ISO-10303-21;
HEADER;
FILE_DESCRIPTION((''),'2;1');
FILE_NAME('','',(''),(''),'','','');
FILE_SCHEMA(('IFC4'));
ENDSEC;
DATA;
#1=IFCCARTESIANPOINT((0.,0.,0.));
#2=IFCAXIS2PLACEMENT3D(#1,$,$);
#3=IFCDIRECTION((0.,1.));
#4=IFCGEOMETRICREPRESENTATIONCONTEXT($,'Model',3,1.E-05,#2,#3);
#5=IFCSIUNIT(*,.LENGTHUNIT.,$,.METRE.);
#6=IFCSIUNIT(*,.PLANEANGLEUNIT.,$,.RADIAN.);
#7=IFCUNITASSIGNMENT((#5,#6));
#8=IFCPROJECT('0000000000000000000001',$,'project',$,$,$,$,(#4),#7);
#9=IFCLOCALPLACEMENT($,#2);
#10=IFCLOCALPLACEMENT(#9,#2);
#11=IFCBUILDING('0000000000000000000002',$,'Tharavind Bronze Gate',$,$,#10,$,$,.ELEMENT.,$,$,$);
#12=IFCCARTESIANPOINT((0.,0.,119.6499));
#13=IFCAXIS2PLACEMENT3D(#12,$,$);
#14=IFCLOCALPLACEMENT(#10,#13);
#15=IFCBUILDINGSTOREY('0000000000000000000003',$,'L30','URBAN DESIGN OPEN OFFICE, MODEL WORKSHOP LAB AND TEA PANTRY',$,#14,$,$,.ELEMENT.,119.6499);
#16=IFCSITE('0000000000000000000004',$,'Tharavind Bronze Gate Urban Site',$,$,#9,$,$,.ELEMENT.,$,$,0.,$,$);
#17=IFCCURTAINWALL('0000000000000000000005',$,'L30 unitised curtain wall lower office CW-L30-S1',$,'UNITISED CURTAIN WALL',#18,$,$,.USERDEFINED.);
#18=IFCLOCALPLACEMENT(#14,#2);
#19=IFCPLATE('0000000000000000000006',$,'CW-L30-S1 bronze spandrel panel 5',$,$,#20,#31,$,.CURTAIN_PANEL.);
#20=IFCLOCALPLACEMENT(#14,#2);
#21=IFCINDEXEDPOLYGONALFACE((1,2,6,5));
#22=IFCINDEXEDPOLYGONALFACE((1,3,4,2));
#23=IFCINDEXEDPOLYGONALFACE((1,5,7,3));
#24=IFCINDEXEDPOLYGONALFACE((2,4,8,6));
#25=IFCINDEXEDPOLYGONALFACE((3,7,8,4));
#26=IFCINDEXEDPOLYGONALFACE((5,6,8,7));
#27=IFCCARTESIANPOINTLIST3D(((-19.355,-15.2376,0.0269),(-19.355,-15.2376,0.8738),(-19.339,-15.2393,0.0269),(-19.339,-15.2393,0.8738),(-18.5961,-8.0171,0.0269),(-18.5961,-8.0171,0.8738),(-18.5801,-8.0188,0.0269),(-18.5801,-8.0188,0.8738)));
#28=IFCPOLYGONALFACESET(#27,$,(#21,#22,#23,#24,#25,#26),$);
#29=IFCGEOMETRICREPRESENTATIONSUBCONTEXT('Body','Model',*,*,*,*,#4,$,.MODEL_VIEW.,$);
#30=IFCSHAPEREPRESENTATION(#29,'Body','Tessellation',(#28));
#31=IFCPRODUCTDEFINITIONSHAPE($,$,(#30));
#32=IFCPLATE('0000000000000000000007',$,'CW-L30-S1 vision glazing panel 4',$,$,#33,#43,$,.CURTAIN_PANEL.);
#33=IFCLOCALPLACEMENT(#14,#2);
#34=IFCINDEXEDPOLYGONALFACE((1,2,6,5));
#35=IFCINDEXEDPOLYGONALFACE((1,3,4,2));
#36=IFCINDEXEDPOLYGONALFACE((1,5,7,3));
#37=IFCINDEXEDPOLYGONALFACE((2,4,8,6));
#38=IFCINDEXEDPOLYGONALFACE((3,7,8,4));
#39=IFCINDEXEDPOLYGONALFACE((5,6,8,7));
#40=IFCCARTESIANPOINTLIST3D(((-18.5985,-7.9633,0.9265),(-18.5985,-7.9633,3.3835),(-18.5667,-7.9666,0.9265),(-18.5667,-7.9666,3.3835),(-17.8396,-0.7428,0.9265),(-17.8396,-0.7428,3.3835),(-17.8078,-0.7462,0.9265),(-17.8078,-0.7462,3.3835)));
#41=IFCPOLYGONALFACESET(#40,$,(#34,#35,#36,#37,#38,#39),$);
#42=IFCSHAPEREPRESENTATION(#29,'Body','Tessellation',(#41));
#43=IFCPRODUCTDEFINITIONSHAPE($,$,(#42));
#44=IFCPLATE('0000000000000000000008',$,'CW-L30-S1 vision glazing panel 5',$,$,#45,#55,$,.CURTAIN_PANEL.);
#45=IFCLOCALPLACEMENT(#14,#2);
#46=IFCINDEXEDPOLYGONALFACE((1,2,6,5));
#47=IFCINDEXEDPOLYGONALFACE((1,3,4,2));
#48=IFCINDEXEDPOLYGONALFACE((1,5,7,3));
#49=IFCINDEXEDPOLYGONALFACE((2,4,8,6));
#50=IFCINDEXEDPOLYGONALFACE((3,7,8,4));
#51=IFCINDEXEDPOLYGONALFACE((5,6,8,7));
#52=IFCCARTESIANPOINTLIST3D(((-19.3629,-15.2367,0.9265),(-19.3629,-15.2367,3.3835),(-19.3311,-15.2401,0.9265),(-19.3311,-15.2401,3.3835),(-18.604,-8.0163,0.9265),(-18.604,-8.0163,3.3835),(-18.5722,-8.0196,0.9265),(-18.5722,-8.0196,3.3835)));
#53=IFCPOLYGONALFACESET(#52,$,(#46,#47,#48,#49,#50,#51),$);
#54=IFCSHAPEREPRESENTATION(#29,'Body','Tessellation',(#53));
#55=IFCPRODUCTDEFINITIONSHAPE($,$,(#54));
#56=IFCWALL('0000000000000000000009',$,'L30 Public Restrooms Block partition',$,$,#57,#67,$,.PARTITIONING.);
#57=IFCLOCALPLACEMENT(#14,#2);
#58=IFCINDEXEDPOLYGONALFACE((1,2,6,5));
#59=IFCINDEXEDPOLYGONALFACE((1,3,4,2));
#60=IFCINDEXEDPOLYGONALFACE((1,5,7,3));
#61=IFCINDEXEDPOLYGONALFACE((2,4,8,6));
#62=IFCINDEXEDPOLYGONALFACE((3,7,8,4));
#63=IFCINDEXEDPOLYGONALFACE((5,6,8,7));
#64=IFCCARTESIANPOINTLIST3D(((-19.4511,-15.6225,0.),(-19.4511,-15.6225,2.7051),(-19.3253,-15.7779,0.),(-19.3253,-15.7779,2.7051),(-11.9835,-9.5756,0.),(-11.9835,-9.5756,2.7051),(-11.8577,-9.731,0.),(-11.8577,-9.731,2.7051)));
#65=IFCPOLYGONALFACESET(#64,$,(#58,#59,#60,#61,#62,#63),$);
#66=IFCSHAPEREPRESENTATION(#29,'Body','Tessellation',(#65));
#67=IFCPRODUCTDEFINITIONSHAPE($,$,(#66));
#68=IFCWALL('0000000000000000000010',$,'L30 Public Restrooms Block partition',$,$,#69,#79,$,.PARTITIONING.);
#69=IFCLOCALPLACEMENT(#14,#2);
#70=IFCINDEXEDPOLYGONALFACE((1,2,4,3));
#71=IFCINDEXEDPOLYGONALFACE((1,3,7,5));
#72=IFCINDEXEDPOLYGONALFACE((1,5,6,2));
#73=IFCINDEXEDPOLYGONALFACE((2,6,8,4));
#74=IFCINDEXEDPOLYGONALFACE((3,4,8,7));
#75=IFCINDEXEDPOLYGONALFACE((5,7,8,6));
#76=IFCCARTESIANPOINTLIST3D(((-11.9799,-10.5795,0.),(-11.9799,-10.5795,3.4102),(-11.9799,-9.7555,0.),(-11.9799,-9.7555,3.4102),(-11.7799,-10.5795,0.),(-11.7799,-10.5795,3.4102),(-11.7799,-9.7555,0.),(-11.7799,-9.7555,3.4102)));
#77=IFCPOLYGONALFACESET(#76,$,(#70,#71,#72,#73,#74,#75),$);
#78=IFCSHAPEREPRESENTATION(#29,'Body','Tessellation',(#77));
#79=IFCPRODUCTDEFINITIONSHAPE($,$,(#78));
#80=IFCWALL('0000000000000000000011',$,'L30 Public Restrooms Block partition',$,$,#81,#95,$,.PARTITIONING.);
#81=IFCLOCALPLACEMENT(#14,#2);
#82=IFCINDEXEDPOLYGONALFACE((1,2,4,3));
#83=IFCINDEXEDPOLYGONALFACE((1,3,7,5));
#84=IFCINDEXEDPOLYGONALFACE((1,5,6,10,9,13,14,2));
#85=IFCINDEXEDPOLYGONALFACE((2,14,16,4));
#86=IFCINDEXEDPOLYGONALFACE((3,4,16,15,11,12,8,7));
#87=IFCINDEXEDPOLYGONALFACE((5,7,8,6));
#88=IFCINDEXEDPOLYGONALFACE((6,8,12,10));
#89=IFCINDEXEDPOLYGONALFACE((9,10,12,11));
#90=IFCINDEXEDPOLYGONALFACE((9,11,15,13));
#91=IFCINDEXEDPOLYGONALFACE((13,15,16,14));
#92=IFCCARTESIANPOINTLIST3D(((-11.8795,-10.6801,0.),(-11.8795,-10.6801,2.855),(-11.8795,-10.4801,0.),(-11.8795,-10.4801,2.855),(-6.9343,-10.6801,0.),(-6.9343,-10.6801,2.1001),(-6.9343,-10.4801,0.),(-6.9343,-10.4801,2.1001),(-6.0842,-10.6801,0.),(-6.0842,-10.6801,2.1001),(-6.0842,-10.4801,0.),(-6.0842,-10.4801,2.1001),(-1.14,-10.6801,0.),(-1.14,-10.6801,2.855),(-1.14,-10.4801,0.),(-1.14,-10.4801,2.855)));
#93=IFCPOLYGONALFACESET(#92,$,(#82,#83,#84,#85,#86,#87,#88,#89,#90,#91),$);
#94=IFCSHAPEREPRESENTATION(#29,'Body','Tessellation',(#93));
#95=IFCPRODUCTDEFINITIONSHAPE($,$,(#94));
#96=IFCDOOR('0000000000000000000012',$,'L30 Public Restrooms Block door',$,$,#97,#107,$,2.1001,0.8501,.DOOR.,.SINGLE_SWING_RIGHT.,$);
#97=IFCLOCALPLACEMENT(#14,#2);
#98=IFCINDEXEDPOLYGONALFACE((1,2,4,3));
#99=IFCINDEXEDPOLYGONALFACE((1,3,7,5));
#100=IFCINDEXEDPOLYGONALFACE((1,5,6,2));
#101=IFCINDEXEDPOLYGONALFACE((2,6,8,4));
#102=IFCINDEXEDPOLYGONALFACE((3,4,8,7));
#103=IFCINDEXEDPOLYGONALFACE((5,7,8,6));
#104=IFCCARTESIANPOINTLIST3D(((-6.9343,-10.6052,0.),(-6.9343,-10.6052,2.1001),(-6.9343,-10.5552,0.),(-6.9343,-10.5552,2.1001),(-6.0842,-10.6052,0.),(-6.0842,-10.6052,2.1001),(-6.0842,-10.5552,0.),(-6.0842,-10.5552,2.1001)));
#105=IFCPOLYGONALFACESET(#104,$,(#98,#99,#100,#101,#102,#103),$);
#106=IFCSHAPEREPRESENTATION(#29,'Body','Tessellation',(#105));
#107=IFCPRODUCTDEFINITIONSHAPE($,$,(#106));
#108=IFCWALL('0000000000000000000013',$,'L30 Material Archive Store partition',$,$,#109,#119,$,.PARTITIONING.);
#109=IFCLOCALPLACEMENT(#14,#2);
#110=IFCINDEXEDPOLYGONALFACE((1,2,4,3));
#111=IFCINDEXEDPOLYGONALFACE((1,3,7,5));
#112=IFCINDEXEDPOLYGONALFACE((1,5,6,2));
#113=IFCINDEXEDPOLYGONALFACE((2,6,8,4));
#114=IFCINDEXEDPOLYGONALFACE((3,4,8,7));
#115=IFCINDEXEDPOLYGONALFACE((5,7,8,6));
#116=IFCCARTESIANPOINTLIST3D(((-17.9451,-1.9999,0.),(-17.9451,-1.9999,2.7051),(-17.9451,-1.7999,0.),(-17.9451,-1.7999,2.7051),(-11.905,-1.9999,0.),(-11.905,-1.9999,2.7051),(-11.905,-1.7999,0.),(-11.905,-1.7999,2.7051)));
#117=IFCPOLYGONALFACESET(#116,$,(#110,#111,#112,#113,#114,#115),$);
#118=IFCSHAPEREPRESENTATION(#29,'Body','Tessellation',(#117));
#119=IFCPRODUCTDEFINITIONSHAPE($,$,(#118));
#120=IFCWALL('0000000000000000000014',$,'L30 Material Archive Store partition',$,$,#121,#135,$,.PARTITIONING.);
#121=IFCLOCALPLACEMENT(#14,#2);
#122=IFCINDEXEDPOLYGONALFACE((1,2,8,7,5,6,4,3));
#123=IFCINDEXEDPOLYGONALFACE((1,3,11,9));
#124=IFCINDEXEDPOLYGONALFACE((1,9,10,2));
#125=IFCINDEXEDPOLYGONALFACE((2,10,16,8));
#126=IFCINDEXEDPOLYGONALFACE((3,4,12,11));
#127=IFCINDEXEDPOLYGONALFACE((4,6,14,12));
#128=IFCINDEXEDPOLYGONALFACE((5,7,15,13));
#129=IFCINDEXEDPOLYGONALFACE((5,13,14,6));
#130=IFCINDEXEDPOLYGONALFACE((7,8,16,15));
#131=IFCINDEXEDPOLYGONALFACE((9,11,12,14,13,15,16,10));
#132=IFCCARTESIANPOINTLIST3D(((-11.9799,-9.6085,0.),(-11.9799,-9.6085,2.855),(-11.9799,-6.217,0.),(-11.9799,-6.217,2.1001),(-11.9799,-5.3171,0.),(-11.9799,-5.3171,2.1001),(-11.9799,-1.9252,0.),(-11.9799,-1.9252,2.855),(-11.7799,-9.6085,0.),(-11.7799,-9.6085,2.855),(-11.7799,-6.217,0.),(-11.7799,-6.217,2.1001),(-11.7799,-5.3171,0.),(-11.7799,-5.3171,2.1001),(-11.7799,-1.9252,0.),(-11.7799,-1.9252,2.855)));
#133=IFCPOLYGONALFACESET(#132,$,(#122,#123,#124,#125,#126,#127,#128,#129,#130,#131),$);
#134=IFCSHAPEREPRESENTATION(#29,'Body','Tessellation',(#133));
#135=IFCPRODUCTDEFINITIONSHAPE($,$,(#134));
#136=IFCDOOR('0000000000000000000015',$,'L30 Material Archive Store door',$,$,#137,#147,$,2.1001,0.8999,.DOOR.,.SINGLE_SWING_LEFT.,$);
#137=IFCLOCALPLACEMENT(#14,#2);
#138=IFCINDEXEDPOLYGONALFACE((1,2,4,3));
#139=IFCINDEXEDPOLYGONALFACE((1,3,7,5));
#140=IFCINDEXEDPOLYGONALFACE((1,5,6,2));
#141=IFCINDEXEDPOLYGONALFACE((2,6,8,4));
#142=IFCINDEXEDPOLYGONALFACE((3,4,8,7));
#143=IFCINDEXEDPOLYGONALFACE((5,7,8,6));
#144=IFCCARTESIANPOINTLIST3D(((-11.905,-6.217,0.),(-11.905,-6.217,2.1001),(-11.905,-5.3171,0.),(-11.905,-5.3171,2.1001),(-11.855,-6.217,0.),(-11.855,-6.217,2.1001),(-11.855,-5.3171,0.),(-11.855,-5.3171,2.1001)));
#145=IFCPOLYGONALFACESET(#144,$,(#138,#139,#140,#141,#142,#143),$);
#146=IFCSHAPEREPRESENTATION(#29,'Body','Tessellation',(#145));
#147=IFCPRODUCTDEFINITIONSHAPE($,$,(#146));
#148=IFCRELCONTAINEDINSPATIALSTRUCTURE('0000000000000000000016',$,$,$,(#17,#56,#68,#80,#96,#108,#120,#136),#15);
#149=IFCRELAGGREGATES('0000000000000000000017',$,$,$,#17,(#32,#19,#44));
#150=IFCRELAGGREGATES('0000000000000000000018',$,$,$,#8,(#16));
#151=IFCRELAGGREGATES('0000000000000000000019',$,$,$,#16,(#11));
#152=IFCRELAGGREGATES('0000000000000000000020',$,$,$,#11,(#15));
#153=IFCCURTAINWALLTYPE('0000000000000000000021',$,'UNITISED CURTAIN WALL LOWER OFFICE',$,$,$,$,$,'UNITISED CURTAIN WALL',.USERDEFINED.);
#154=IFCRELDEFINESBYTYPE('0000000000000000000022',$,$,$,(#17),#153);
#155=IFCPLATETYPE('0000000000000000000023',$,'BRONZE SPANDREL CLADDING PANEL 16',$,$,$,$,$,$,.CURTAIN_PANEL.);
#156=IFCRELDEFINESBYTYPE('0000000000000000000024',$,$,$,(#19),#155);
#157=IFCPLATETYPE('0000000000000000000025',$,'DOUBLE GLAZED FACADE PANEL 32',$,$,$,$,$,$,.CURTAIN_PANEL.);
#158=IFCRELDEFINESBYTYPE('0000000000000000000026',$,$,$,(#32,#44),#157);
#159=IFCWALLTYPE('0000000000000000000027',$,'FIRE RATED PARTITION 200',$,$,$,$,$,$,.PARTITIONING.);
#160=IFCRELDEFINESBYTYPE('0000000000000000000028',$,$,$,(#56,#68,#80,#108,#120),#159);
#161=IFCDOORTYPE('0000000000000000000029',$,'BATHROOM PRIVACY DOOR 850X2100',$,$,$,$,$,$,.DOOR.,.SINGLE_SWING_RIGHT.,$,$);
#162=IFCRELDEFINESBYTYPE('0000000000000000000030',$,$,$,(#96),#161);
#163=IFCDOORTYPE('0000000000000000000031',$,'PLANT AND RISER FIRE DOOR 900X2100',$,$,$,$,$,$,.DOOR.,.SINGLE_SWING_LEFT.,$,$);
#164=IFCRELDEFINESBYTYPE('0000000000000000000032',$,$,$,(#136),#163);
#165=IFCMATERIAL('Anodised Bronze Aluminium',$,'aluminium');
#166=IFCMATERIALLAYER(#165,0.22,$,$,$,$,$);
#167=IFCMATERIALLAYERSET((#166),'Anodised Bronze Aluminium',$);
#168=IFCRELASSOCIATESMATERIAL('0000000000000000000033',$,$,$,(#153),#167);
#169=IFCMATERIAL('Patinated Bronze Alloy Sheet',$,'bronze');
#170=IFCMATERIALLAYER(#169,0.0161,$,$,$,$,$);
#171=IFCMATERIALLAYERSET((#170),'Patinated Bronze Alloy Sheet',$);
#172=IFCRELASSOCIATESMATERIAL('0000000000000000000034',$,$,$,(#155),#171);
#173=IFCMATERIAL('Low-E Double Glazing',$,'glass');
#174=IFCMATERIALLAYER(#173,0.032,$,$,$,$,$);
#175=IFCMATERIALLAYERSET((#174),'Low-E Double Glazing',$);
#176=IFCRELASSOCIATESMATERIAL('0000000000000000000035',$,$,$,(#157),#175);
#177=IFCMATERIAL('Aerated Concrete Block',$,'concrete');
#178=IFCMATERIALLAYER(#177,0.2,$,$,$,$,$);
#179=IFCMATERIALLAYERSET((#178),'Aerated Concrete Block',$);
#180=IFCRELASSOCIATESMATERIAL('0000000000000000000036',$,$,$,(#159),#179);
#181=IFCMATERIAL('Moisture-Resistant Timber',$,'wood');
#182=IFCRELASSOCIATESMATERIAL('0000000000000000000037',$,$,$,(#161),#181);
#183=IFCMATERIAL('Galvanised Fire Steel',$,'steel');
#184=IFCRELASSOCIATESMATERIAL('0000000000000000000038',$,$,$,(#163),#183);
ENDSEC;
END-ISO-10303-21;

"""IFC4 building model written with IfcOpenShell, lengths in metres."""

from ifc_helpers import new_model, si_unit, direction, frame, frame_2d, origin, origin_2d, place, context, subcontext, project, spatial, rectangle, extrude, material, layer, layer_set, type_object, element, fill, aggregate, save


model = new_model("IFC4")

# Units and contexts
model_context = context("Model", 3, precision=1e-05, world=origin(), true_north=direction((0.0, 1.0)))
body_context = subcontext(model_context, "Body", "Model", "MODEL_VIEW")
ifc_project = project(units=[si_unit("LENGTHUNIT", "METRE"), si_unit("PLANEANGLEUNIT", "RADIAN")], contexts=[model_context])

# Site, building, storey
site_placement = place(None, origin())
site = spatial("IfcSite", under=ifc_project, at=site_placement, Name="Tharavind Bronze Gate Urban Site", CompositionType="ELEMENT", RefElevation=0.0)
building_placement = place(site_placement, origin())
building = spatial("IfcBuilding", under=site, at=building_placement, Name="Tharavind Bronze Gate", CompositionType="ELEMENT")
storey_placement = place(building_placement, frame((0.0, 0.0, 119.6499)))
storey = spatial("IfcBuildingStorey", under=building, at=storey_placement, Name="L30", Description="URBAN DESIGN OPEN OFFICE, MODEL WORKSHOP LAB AND TEA PANTRY", CompositionType="ELEMENT", Elevation=119.6499)

# Curtain wall
ifc_material_1 = material(Name="Anodised Bronze Aluminium", Category="aluminium")
ifc_layer_1 = layer(ifc_material_1, 0.22)
ifc_layer_set_1 = layer_set([ifc_layer_1], Name="Anodised Bronze Aluminium")
curtain_wall_type = type_object("IfcCurtainWallType", Name="UNITISED CURTAIN WALL LOWER OFFICE", ElementType="UNITISED CURTAIN WALL", PredefinedType="USERDEFINED", material=ifc_layer_set_1)
curtain_wall_placement = place(storey_placement, origin())
curtain_wall = element("IfcCurtainWall", 1, at=curtain_wall_placement, inside=storey, type_object=curtain_wall_type, Name="L30 unitised curtain wall lower office CW-L30-S1", ObjectType="UNITISED CURTAIN WALL", PredefinedType="USERDEFINED")

# Plates
ifc_material_2 = material(Name="Patinated Bronze Alloy Sheet", Category="bronze")
ifc_layer_2 = layer(ifc_material_2, 0.0161)
ifc_layer_set_2 = layer_set([ifc_layer_2], Name="Patinated Bronze Alloy Sheet")
plate_type_1 = type_object("IfcPlateType", Name="BRONZE SPANDREL CLADDING PANEL 16", PredefinedType="CURTAIN_PANEL", material=ifc_layer_set_2)
plate_1_placement = place(storey_placement, frame((-18.9675, -11.6282, 0.0269), z_axis=(0.0, 0.0, 1.0), x_axis=(-0.104527, -0.994522, 0.0)))
plate_1 = element("IfcPlate", 2, at=plate_1_placement, type_object=plate_type_1, Name="CW-L30-S1 bronze spandrel panel 5", PredefinedType="CURTAIN_PANEL", context=body_context, shape_type="SweptSolid", body=[
    extrude(rectangle(XDim=7.2603, YDim=0.0161, at=origin_2d()), origin(), (0.0, 0.0, 1.0), 0.8469),
])
ifc_material_3 = material(Name="Low-E Double Glazing", Category="glass")
ifc_layer_3 = layer(ifc_material_3, 0.032)
ifc_layer_set_3 = layer_set([ifc_layer_3], Name="Low-E Double Glazing")
plate_type_2 = type_object("IfcPlateType", Name="DOUBLE GLAZED FACADE PANEL 32", PredefinedType="CURTAIN_PANEL", material=ifc_layer_set_3)
plate_2_placement = place(storey_placement, frame((-18.2031, -4.3547, 0.9265), z_axis=(0.0, 0.0, 1.0), x_axis=(-0.104527, -0.994522, 0.0)))
plate_2 = element("IfcPlate", 3, at=plate_2_placement, type_object=plate_type_2, Name="CW-L30-S1 vision glazing panel 4", PredefinedType="CURTAIN_PANEL", context=body_context, shape_type="SweptSolid", body=[
    extrude(rectangle(XDim=7.2603, YDim=0.032, at=origin_2d()), origin(), (0.0, 0.0, 1.0), 2.457),
])
plate_3_placement = place(storey_placement, frame((-18.9675, -11.6282, 0.9265), z_axis=(0.0, 0.0, 1.0), x_axis=(-0.104527, -0.994522, 0.0)))
plate_3 = element("IfcPlate", 4, at=plate_3_placement, type_object=plate_type_2, Name="CW-L30-S1 vision glazing panel 5", PredefinedType="CURTAIN_PANEL", context=body_context, shape_type="SweptSolid", body=[
    extrude(rectangle(XDim=7.2603, YDim=0.032, at=origin_2d()), origin(), (0.0, 0.0, 1.0), 2.457),
])
aggregate(curtain_wall, [plate_2, plate_1, plate_3])

# Walls
ifc_material_4 = material(Name="Aerated Concrete Block", Category="concrete")
ifc_layer_4 = layer(ifc_material_4, 0.2)
ifc_layer_set_4 = layer_set([ifc_layer_4], Name="Aerated Concrete Block")
wall_type = type_object("IfcWallType", Name="FIRE RATED PARTITION 200", PredefinedType="PARTITIONING", material=ifc_layer_set_4)
wall_1_placement = place(storey_placement, frame((-19.3882, -15.7002, 0.0), z_axis=(0.0, 0.0, 1.0), x_axis=(0.777157, 0.629307, 0.0)))
element("IfcWall", 5, at=wall_1_placement, inside=storey, type_object=wall_type, Name="L30 Public Restrooms Block partition", PredefinedType="PARTITIONING", context=body_context, shape_type="SweptSolid", body=[
    extrude(rectangle(XDim=9.6089, YDim=0.2, at=frame_2d((4.8044, 0.0))), origin(), (0.0, 0.0, 1.0), 2.7051),
])
wall_2_placement = place(storey_placement, frame((-11.8799, -9.7554, 0.0), z_axis=(0.0, 0.0, 1.0), x_axis=(0.0, -1.0, 0.0)))
element("IfcWall", 6, at=wall_2_placement, inside=storey, type_object=wall_type, Name="L30 Public Restrooms Block partition", PredefinedType="PARTITIONING", context=body_context, shape_type="SweptSolid", body=[
    extrude(rectangle(XDim=0.824, YDim=0.2, at=frame_2d((0.4121, 0.0))), origin(), (0.0, 0.0, 1.0), 3.4102),
])

# Wall, opening, door
wall_3_placement = place(storey_placement, frame((-11.8794, -10.5801, 0.0), z_axis=(0.0, 0.0, 1.0), x_axis=(1.0, 0.0, 0.0)))
wall_3 = element("IfcWall", 7, at=wall_3_placement, inside=storey, type_object=wall_type, Name="L30 Public Restrooms Block partition", PredefinedType="PARTITIONING", context=body_context, shape_type="SweptSolid", body=[
    extrude(rectangle(XDim=10.7395, YDim=0.2, at=frame_2d((5.3696, 0.0))), origin(), (0.0, 0.0, 1.0), 2.855),
])
opening_1_placement = place(wall_3_placement, frame((4.9451, 0.0, 0.0)))
opening_1 = element("IfcOpeningElement", 8, at=opening_1_placement, cuts=wall_3, PredefinedType="OPENING", context=body_context, shape_type="SweptSolid", body=[
    extrude(rectangle(XDim=0.8501, YDim=2.1001, at=frame_2d((0.425, 1.05))), frame((0.0, 0.1101, 0.0), z_axis=(0.0, -1.0, 0.0), x_axis=(1.0, 0.0, 0.0)), (0.0, 0.0, 1.0), 0.22),
])
ifc_material_5 = material(Name="Moisture-Resistant Timber", Category="wood")
door_type_1 = type_object("IfcDoorType", Name="BATHROOM PRIVACY DOOR 850X2100", OperationType="SINGLE_SWING_RIGHT", PredefinedType="DOOR", material=ifc_material_5)
door_1_placement = place(opening_1_placement, origin())
door_1 = element("IfcDoor", 9, at=door_1_placement, inside=storey, type_object=door_type_1, Name="L30 Public Restrooms Block door", OperationType="SINGLE_SWING_RIGHT", OverallHeight=2.1001, OverallWidth=0.8501, PredefinedType="DOOR", context=body_context, shape_type="SweptSolid", body=[
    extrude(rectangle(XDim=0.8501, YDim=2.1001, at=frame_2d((0.425, 1.05))), frame((0.0, 0.0249, 0.0), z_axis=(0.0, -1.0, 0.0), x_axis=(1.0, 0.0, 0.0)), (0.0, 0.0, 1.0), 0.05),
])
fill(opening_1, door_1)

# Wall
wall_4_placement = place(storey_placement, frame((-17.9451, -1.8999, 0.0), z_axis=(0.0, 0.0, 1.0), x_axis=(1.0, 0.0, 0.0)))
element("IfcWall", 10, at=wall_4_placement, inside=storey, type_object=wall_type, Name="L30 Material Archive Store partition", PredefinedType="PARTITIONING", context=body_context, shape_type="SweptSolid", body=[
    extrude(rectangle(XDim=6.04, YDim=0.2, at=frame_2d((3.02, 0.0))), origin(), (0.0, 0.0, 1.0), 2.7051),
])

# Wall, opening, door
wall_5_placement = place(storey_placement, frame((-11.8799, -1.925, 0.0), z_axis=(0.0, 0.0, 1.0), x_axis=(0.0, -1.0, 0.0)))
wall_5 = element("IfcWall", 11, at=wall_5_placement, inside=storey, type_object=wall_type, Name="L30 Material Archive Store partition", PredefinedType="PARTITIONING", context=body_context, shape_type="SweptSolid", body=[
    extrude(rectangle(XDim=7.6833, YDim=0.2, at=frame_2d((3.8418, 0.0))), origin(), (0.0, 0.0, 1.0), 2.855),
])
opening_2_placement = place(wall_5_placement, frame((3.3921, 0.0, 0.0)))
opening_2 = element("IfcOpeningElement", 12, at=opening_2_placement, cuts=wall_5, PredefinedType="OPENING", context=body_context, shape_type="SweptSolid", body=[
    extrude(rectangle(XDim=0.8999, YDim=2.1001, at=frame_2d((0.45, 1.05))), frame((0.0, 0.1101, 0.0), z_axis=(0.0, -1.0, 0.0), x_axis=(1.0, 0.0, 0.0)), (0.0, 0.0, 1.0), 0.22),
])
ifc_material_6 = material(Name="Galvanised Fire Steel", Category="steel")
door_type_2 = type_object("IfcDoorType", Name="PLANT AND RISER FIRE DOOR 900X2100", OperationType="SINGLE_SWING_LEFT", PredefinedType="DOOR", material=ifc_material_6)
door_2_placement = place(opening_2_placement, origin())
door_2 = element("IfcDoor", 13, at=door_2_placement, inside=storey, type_object=door_type_2, Name="L30 Material Archive Store door", OperationType="SINGLE_SWING_LEFT", OverallHeight=2.1001, OverallWidth=0.8999, PredefinedType="DOOR", context=body_context, shape_type="SweptSolid", body=[
    extrude(rectangle(XDim=0.8999, YDim=2.1001, at=frame_2d((0.45, 1.05))), frame((0.0, 0.0249, 0.0), z_axis=(0.0, -1.0, 0.0), x_axis=(1.0, 0.0, 0.0)), (0.0, 0.0, 1.0), 0.05),
])
fill(opening_2, door_2)

save(model, "model.ifc")
